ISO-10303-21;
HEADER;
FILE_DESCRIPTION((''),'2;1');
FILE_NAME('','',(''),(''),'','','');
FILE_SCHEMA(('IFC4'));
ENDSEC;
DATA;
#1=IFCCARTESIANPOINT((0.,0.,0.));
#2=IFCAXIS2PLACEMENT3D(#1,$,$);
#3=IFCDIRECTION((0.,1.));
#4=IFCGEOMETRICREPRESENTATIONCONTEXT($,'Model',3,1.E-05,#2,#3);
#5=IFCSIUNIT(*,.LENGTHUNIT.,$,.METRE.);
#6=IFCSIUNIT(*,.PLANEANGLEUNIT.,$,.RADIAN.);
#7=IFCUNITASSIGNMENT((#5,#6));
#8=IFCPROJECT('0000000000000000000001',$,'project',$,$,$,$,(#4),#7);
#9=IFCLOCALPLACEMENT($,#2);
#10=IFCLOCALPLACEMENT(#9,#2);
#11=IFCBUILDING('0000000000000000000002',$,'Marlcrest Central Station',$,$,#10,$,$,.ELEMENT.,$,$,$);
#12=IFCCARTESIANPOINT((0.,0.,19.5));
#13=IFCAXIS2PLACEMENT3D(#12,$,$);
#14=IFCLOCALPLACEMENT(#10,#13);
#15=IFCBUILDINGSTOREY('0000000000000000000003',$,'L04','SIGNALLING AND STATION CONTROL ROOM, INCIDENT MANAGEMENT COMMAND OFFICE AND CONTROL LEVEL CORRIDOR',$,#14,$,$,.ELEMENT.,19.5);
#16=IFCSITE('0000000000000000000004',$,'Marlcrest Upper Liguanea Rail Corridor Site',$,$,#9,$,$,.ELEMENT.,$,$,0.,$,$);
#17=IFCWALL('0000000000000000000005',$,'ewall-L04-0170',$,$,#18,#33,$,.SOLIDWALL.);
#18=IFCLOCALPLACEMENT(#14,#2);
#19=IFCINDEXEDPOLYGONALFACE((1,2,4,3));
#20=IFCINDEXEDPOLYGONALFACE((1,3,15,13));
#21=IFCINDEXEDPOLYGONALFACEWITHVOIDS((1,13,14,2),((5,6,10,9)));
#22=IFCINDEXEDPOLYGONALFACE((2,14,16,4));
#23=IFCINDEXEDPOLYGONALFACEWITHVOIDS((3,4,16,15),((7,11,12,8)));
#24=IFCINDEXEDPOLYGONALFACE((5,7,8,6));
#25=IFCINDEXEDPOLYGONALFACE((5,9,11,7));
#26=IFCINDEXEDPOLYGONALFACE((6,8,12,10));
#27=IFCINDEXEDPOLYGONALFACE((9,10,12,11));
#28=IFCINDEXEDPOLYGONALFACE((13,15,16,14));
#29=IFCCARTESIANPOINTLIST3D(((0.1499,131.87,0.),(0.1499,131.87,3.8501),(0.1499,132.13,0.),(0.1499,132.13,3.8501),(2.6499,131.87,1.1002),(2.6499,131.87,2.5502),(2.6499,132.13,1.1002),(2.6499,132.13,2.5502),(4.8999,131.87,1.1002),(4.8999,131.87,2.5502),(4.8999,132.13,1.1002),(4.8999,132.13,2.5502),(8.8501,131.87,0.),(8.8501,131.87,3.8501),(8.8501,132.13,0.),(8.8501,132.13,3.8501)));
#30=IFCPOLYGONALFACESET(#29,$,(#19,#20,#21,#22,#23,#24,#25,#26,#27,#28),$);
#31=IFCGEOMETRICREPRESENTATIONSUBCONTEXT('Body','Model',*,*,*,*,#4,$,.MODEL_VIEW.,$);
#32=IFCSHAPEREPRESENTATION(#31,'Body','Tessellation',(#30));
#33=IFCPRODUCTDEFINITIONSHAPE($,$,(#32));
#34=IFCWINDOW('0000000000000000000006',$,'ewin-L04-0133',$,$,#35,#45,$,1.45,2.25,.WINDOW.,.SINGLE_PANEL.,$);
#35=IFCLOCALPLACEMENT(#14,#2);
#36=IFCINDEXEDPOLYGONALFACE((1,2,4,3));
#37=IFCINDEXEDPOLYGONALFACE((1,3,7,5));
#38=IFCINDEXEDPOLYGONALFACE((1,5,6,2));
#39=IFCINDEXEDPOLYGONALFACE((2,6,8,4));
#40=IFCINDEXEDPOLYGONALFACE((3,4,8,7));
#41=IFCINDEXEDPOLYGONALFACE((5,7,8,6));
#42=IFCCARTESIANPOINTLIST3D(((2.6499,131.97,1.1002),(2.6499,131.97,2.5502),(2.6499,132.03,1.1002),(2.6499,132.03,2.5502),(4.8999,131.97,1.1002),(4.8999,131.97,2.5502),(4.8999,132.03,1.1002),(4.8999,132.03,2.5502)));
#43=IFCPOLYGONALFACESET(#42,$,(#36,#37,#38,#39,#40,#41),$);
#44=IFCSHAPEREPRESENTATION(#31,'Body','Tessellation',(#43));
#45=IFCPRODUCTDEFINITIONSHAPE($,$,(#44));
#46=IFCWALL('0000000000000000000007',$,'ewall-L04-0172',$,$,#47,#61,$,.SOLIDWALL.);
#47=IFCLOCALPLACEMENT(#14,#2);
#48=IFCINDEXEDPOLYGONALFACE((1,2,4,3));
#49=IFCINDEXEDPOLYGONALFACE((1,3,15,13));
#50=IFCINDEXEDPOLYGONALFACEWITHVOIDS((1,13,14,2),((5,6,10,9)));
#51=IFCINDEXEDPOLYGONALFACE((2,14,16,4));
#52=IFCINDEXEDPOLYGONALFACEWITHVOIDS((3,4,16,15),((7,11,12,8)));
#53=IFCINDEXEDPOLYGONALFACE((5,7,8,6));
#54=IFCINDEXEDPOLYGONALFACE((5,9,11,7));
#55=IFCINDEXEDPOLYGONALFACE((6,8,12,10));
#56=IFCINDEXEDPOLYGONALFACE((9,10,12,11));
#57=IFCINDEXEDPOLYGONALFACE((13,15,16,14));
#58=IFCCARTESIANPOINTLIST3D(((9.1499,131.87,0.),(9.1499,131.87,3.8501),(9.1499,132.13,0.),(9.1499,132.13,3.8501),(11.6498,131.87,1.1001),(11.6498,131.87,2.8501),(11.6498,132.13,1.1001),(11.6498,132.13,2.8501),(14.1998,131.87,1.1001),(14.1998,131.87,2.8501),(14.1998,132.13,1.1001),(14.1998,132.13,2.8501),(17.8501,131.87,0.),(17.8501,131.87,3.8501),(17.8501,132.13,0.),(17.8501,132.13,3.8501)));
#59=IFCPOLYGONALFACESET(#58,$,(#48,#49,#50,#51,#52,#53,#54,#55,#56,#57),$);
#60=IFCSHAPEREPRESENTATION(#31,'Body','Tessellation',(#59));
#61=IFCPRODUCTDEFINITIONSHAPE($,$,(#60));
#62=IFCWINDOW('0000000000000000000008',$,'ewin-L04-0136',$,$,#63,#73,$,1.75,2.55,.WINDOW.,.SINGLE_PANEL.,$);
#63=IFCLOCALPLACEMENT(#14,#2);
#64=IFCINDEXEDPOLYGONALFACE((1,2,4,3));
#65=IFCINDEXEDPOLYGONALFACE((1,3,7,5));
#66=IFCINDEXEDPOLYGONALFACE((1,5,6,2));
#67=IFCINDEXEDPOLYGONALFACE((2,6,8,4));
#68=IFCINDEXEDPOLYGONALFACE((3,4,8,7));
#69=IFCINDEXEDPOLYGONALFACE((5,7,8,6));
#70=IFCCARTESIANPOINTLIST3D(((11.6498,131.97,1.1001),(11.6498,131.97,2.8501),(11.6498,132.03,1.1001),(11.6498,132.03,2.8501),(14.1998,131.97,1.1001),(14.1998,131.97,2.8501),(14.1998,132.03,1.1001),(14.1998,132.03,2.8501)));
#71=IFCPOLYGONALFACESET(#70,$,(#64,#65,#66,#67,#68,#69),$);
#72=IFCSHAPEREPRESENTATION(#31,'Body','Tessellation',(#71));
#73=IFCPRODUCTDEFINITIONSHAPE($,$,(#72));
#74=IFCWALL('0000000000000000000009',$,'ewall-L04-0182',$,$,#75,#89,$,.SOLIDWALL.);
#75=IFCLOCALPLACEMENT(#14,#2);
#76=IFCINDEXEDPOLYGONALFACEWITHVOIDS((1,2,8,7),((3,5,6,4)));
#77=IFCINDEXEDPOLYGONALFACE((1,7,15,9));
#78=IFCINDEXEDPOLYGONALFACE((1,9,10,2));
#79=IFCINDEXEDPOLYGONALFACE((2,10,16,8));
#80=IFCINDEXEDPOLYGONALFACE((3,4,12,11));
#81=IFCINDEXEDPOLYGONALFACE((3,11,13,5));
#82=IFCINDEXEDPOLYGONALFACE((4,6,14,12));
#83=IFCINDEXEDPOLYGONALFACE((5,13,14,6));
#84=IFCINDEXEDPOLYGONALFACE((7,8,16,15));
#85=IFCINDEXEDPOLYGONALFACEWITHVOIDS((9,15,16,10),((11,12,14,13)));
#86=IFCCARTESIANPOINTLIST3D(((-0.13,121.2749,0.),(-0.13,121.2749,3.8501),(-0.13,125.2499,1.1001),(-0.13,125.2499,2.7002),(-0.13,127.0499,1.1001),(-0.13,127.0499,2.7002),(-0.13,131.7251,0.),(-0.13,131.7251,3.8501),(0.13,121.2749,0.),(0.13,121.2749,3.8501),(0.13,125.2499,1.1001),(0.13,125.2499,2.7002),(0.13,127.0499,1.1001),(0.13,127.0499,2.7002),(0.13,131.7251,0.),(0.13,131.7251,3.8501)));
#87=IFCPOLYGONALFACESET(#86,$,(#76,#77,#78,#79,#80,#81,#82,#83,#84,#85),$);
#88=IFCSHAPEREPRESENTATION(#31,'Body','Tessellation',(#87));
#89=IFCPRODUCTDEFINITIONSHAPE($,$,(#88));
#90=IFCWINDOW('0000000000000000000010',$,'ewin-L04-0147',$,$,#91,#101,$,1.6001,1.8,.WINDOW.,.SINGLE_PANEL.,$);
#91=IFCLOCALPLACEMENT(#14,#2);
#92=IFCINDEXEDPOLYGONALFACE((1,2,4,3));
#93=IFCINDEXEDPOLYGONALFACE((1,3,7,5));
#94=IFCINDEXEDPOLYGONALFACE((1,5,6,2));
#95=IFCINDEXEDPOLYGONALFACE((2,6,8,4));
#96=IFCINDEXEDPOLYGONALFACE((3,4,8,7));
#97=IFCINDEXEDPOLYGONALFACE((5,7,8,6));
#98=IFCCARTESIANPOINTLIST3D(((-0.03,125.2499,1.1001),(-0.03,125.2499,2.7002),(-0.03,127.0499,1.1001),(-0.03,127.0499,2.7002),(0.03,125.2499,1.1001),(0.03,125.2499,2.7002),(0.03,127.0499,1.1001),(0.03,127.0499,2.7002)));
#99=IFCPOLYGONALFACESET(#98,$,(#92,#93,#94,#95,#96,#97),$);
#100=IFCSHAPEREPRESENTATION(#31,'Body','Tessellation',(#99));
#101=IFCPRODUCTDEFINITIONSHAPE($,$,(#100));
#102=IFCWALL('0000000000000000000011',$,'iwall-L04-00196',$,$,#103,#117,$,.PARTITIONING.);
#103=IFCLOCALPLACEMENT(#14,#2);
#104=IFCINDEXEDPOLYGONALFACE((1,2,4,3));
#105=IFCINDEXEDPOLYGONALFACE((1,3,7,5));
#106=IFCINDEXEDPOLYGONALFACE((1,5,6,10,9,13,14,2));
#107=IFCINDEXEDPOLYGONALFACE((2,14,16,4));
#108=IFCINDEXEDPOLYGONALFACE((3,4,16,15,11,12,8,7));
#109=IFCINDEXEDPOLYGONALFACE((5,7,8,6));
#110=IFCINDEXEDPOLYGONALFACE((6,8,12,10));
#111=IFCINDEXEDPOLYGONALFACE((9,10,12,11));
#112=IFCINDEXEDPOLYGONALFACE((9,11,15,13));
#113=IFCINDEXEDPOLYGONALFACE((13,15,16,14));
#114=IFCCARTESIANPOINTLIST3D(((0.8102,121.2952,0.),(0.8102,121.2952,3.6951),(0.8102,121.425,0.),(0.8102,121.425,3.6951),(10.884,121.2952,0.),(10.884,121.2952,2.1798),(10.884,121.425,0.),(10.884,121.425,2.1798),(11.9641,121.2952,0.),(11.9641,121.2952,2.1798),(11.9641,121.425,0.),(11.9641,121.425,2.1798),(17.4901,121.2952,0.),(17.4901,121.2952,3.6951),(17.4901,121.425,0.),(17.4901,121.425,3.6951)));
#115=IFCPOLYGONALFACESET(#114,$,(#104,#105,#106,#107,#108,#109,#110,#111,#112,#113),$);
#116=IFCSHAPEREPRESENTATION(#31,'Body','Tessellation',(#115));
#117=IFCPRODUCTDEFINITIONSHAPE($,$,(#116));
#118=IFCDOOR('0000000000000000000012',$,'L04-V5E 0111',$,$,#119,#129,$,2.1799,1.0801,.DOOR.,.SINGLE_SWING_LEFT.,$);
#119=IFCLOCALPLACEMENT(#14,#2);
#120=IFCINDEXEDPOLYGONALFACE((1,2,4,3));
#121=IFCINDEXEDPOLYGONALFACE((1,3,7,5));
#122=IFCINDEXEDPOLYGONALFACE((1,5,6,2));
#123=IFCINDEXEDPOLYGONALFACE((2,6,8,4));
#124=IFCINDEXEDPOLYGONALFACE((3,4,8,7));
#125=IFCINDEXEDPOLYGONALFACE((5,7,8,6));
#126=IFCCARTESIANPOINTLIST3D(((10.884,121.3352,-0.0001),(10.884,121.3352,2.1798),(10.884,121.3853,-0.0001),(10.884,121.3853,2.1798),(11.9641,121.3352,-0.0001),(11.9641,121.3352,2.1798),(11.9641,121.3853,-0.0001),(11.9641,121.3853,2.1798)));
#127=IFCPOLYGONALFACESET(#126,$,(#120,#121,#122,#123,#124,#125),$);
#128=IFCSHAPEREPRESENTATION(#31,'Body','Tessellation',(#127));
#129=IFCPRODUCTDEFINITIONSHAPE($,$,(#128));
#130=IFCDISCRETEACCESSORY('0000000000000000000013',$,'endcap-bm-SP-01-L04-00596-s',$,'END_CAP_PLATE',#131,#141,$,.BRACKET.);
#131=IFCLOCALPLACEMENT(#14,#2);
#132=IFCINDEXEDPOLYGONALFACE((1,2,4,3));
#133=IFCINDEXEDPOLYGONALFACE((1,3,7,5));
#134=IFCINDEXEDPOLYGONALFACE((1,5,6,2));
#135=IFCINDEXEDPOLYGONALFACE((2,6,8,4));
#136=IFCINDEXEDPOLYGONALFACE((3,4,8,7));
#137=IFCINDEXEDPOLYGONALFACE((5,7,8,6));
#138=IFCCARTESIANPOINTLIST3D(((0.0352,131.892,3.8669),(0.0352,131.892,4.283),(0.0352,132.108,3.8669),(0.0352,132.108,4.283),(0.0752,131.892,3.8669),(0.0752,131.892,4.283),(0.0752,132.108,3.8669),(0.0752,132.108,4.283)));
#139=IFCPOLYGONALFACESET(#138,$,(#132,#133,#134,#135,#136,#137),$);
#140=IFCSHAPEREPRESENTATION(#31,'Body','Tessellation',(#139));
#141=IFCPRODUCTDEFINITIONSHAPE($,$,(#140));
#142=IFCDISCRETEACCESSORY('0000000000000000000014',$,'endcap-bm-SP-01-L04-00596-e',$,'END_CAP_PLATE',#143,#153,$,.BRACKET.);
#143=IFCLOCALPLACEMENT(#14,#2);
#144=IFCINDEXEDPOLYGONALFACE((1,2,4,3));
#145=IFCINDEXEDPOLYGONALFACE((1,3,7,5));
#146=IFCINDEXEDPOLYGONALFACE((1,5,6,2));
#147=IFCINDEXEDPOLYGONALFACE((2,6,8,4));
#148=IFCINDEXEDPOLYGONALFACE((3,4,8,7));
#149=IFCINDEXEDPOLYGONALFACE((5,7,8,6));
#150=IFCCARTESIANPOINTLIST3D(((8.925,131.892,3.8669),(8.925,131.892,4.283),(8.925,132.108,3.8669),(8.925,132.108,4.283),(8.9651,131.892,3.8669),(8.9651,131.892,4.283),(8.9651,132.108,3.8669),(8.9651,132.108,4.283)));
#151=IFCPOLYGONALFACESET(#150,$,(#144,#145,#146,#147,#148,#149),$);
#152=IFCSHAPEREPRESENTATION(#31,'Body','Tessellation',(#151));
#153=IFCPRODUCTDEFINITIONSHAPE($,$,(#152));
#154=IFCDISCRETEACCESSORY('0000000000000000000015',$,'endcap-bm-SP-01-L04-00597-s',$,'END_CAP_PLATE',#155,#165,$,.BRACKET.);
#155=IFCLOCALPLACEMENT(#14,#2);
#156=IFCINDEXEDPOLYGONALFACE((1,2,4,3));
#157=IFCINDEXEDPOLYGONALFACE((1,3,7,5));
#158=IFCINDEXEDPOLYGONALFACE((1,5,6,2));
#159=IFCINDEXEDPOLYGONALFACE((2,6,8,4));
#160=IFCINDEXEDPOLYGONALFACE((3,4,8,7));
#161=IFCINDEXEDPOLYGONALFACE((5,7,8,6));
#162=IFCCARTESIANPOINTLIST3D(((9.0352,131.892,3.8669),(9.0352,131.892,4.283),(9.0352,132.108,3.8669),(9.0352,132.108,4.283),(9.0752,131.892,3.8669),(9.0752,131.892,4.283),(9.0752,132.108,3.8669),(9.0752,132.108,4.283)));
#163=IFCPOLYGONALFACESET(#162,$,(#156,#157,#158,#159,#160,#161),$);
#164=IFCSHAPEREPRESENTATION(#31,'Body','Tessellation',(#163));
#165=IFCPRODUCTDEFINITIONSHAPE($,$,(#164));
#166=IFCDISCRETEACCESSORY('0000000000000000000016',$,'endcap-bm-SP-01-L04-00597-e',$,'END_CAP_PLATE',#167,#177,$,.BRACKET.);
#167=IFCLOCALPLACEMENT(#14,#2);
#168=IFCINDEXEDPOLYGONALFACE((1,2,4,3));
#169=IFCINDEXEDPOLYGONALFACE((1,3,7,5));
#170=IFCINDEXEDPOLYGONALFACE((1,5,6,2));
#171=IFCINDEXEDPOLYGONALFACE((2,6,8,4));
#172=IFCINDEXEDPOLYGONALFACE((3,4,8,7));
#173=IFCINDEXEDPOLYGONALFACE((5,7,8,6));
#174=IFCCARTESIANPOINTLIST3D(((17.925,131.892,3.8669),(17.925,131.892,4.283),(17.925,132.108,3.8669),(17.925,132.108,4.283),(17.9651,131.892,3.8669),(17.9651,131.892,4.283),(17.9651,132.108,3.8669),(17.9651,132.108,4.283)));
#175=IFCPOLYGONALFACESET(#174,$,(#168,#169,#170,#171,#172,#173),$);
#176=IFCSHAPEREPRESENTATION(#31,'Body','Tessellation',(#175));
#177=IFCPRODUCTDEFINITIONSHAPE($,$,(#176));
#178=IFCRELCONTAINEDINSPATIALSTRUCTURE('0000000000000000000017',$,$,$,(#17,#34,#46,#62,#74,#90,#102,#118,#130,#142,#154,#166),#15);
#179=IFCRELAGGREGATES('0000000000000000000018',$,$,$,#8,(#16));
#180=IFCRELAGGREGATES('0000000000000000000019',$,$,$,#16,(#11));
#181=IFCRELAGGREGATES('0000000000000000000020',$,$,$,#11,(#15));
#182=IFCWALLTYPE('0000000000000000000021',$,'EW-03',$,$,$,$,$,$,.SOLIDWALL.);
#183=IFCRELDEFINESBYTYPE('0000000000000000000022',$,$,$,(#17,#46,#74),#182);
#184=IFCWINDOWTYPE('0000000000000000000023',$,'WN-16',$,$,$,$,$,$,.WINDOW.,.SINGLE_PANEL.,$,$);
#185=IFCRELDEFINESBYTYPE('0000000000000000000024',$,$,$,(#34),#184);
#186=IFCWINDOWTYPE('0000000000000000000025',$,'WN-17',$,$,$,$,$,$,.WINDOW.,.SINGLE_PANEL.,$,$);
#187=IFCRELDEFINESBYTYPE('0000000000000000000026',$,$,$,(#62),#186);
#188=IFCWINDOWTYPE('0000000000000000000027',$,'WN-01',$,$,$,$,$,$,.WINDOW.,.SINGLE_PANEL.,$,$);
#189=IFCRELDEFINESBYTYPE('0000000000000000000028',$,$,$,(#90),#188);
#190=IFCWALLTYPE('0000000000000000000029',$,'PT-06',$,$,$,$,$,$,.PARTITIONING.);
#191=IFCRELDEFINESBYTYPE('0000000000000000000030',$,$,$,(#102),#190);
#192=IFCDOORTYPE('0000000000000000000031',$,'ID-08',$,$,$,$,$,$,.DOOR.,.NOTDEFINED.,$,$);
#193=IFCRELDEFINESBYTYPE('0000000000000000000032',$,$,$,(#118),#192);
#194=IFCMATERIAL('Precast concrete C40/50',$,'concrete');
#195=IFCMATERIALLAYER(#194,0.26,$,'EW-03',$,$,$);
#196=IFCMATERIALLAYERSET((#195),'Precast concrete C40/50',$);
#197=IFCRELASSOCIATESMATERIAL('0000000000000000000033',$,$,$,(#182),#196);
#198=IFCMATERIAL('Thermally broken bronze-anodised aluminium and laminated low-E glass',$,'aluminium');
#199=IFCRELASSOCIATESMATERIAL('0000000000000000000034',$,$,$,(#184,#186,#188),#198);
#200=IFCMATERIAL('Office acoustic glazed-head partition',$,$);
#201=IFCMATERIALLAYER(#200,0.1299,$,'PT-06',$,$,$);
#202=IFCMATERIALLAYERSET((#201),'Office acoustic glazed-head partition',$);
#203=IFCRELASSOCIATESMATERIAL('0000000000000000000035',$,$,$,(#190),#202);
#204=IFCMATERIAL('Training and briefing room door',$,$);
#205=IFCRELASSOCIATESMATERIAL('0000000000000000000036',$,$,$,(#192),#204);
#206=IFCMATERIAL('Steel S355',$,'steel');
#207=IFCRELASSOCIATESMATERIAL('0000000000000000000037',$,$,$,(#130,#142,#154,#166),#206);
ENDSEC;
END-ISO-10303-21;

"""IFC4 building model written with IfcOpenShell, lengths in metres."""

from ifc_helpers import new_model, si_unit, direction, frame, frame_2d, origin, origin_2d, place, context, subcontext, project, spatial, rectangle, extrude, material, layer, layer_set, type_object, element, fill, save


model = new_model("IFC4")

# Units and contexts
model_context = context("Model", 3, precision=1e-05, world=origin(), true_north=direction((0.0, 1.0)))
body_context = subcontext(model_context, "Body", "Model", "MODEL_VIEW")
ifc_project = project(units=[si_unit("LENGTHUNIT", "METRE"), si_unit("PLANEANGLEUNIT", "RADIAN")], contexts=[model_context])

# Site, building, storey
site_placement = place(None, origin())
site = spatial("IfcSite", under=ifc_project, at=site_placement, Name="Marlcrest Upper Liguanea Rail Corridor Site", CompositionType="ELEMENT", RefElevation=0.0)
building_placement = place(site_placement, origin())
building = spatial("IfcBuilding", under=site, at=building_placement, Name="Marlcrest Central Station", CompositionType="ELEMENT")
storey_placement = place(building_placement, frame((0.0, 0.0, 19.5)))
storey = spatial("IfcBuildingStorey", under=building, at=storey_placement, Name="L04", Description="SIGNALLING AND STATION CONTROL ROOM, INCIDENT MANAGEMENT COMMAND OFFICE AND CONTROL LEVEL CORRIDOR", CompositionType="ELEMENT", Elevation=19.5)

# Shared definitions
ifc_material_1 = material(Name="Steel S355", Category="steel")

# Walls, openings, windows
ifc_material_2 = material(Name="Precast concrete C40/50", Category="concrete")
ifc_layer_1 = layer(ifc_material_2, 0.26, Name="EW-03")
ifc_layer_set_1 = layer_set([ifc_layer_1], Name="Precast concrete C40/50")
wall_type_1 = type_object("IfcWallType", Name="EW-03", PredefinedType="SOLIDWALL", material=ifc_layer_set_1)
wall_1_placement = place(storey_placement, frame((0.1499, 132.0, 0.0), z_axis=(0.0, 0.0, 1.0), x_axis=(1.0, 0.0, 0.0)))
wall_1 = element("IfcWall", 1, at=wall_1_placement, inside=storey, type_object=wall_type_1, Name="ewall-L04-0170", PredefinedType="SOLIDWALL", context=body_context, shape_type="SweptSolid", body=[
    extrude(rectangle(XDim=8.7002, YDim=0.26, at=frame_2d((4.3501, 0.0))), origin(), (0.0, 0.0, 1.0), 3.8501),
])
opening_1_placement = place(wall_1_placement, frame((2.5, 0.0, 1.1001)))
opening_1 = element("IfcOpeningElement", 2, at=opening_1_placement, cuts=wall_1, PredefinedType="OPENING", context=body_context, shape_type="SweptSolid", body=[
    extrude(rectangle(XDim=2.25, YDim=1.45, at=frame_2d((1.125, 0.7251))), frame((0.0, 0.1399, 0.0), z_axis=(0.0, -1.0, 0.0), x_axis=(1.0, 0.0, 0.0)), (0.0, 0.0, 1.0), 0.28),
])
ifc_material_3 = material(Name="Thermally broken bronze-anodised aluminium and laminated low-E glass", Category="aluminium")
window_type_1 = type_object("IfcWindowType", Name="WN-16", PartitioningType="SINGLE_PANEL", PredefinedType="WINDOW", material=ifc_material_3)
window_1_placement = place(opening_1_placement, origin())
window_1 = element("IfcWindow", 3, at=window_1_placement, inside=storey, type_object=window_type_1, Name="ewin-L04-0133", OverallHeight=1.45, OverallWidth=2.25, PartitioningType="SINGLE_PANEL", PredefinedType="WINDOW", context=body_context, shape_type="SweptSolid", body=[
    extrude(rectangle(XDim=2.25, YDim=1.45, at=frame_2d((1.125, 0.7251))), frame((0.0, 0.03, 0.0), z_axis=(0.0, -1.0, 0.0), x_axis=(1.0, 0.0, 0.0)), (0.0, 0.0, 1.0), 0.0601),
])
fill(opening_1, window_1)
wall_2_placement = place(storey_placement, frame((9.1499, 132.0, 0.0), z_axis=(0.0, 0.0, 1.0), x_axis=(1.0, 0.0, 0.0)))
wall_2 = element("IfcWall", 4, at=wall_2_placement, inside=storey, type_object=wall_type_1, Name="ewall-L04-0172", PredefinedType="SOLIDWALL", context=body_context, shape_type="SweptSolid", body=[
    extrude(rectangle(XDim=8.7002, YDim=0.26, at=frame_2d((4.3501, 0.0))), origin(), (0.0, 0.0, 1.0), 3.8501),
])
opening_2_placement = place(wall_2_placement, frame((2.5, 0.0, 1.1001)))
opening_2 = element("IfcOpeningElement", 5, at=opening_2_placement, cuts=wall_2, PredefinedType="OPENING", context=body_context, shape_type="SweptSolid", body=[
    extrude(rectangle(XDim=2.55, YDim=1.75, at=frame_2d((1.2749, 0.875))), frame((0.0, 0.1399, 0.0), z_axis=(0.0, -1.0, 0.0), x_axis=(1.0, 0.0, 0.0)), (0.0, 0.0, 1.0), 0.28),
])
window_type_2 = type_object("IfcWindowType", Name="WN-17", PartitioningType="SINGLE_PANEL", PredefinedType="WINDOW", material=ifc_material_3)
window_2_placement = place(opening_2_placement, origin())
window_2 = element("IfcWindow", 6, at=window_2_placement, inside=storey, type_object=window_type_2, Name="ewin-L04-0136", OverallHeight=1.75, OverallWidth=2.55, PartitioningType="SINGLE_PANEL", PredefinedType="WINDOW", context=body_context, shape_type="SweptSolid", body=[
    extrude(rectangle(XDim=2.55, YDim=1.75, at=frame_2d((1.2749, 0.875))), frame((0.0, 0.03, 0.0), z_axis=(0.0, -1.0, 0.0), x_axis=(1.0, 0.0, 0.0)), (0.0, 0.0, 1.0), 0.0601),
])
fill(opening_2, window_2)
wall_3_placement = place(storey_placement, frame((0.0, 121.2749, 0.0), z_axis=(0.0, 0.0, 1.0), x_axis=(0.0, 1.0, 0.0)))
wall_3 = element("IfcWall", 7, at=wall_3_placement, inside=storey, type_object=wall_type_1, Name="ewall-L04-0182", PredefinedType="SOLIDWALL", context=body_context, shape_type="SweptSolid", body=[
    extrude(rectangle(XDim=10.4502, YDim=0.26, at=frame_2d((5.2251, 0.0))), origin(), (0.0, 0.0, 1.0), 3.8501),
])
opening_3_placement = place(wall_3_placement, frame((3.9751, 0.0, 1.1001)))
opening_3 = element("IfcOpeningElement", 8, at=opening_3_placement, cuts=wall_3, PredefinedType="OPENING", context=body_context, shape_type="SweptSolid", body=[
    extrude(rectangle(XDim=1.8, YDim=1.6001, at=frame_2d((0.8999, 0.8))), frame((0.0, 0.1399, 0.0), z_axis=(0.0, -1.0, 0.0), x_axis=(1.0, 0.0, 0.0)), (0.0, 0.0, 1.0), 0.28),
])
window_type_3 = type_object("IfcWindowType", Name="WN-01", PartitioningType="SINGLE_PANEL", PredefinedType="WINDOW", material=ifc_material_3)
window_3_placement = place(opening_3_placement, origin())
window_3 = element("IfcWindow", 9, at=window_3_placement, inside=storey, type_object=window_type_3, Name="ewin-L04-0147", OverallHeight=1.6001, OverallWidth=1.8, PartitioningType="SINGLE_PANEL", PredefinedType="WINDOW", context=body_context, shape_type="SweptSolid", body=[
    extrude(rectangle(XDim=1.8, YDim=1.6001, at=frame_2d((0.8999, 0.8))), frame((0.0, 0.03, 0.0), z_axis=(0.0, -1.0, 0.0), x_axis=(1.0, 0.0, 0.0)), (0.0, 0.0, 1.0), 0.0601),
])
fill(opening_3, window_3)

# Wall, opening, door
ifc_material_4 = material(Name="Office acoustic glazed-head partition")
ifc_layer_2 = layer(ifc_material_4, 0.1299, Name="PT-06")
ifc_layer_set_2 = layer_set([ifc_layer_2], Name="Office acoustic glazed-head partition")
wall_type_2 = type_object("IfcWallType", Name="PT-06", PredefinedType="PARTITIONING", material=ifc_layer_set_2)
wall_4_placement = place(storey_placement, frame((17.49, 121.3601, 0.0), z_axis=(0.0, 0.0, 1.0), x_axis=(-1.0, 0.0, 0.0)))
wall_4 = element("IfcWall", 10, at=wall_4_placement, inside=storey, type_object=wall_type_2, Name="iwall-L04-00196", PredefinedType="PARTITIONING", context=body_context, shape_type="SweptSolid", body=[
    extrude(rectangle(XDim=16.6799, YDim=0.1299, at=frame_2d((8.3398, 0.0))), origin(), (0.0, 0.0, 1.0), 3.6951),
])
opening_4_placement = place(wall_4_placement, frame((5.5259, 0.0, 0.0)))
opening_4 = element("IfcOpeningElement", 11, at=opening_4_placement, cuts=wall_4, PredefinedType="OPENING", context=body_context, shape_type="SweptSolid", body=[
    extrude(rectangle(XDim=1.0801, YDim=2.1799, at=frame_2d((0.54, 1.0898))), frame((0.0, 0.075, 0.0), z_axis=(0.0, -1.0, 0.0), x_axis=(1.0, 0.0, 0.0)), (0.0, 0.0, 1.0), 0.1499),
])
ifc_material_5 = material(Name="Training and briefing room door")
door_type = type_object("IfcDoorType", Name="ID-08", OperationType="NOTDEFINED", PredefinedType="DOOR", material=ifc_material_5)
door_placement = place(opening_4_placement, origin())
door = element("IfcDoor", 12, at=door_placement, inside=storey, type_object=door_type, Name="L04-V5E 0111", OperationType="SINGLE_SWING_LEFT", OverallHeight=2.1799, OverallWidth=1.0801, PredefinedType="DOOR", context=body_context, shape_type="SweptSolid", body=[
    extrude(rectangle(XDim=1.0801, YDim=2.1799, at=frame_2d((0.54, 1.0898))), frame((0.0, 0.0249, 0.0), z_axis=(0.0, -1.0, 0.0), x_axis=(1.0, 0.0, 0.0)), (0.0, 0.0, 1.0), 0.05),
])
fill(opening_4, door)

# Discrete accessories
for number, where, z_axis, x_axis, name in (
    (13, (0.0352, 132.0, 4.075), (1.0, 0.0, 0.0), (0.0, 1.0, 0.0), "endcap-bm-SP-01-L04-00596-s"),
    (14, (8.925, 132.0, 4.075), (1.0, 0.0, 0.0), (0.0, 1.0, 0.0), "endcap-bm-SP-01-L04-00596-e"),
    (15, (9.0352, 132.0, 4.075), (1.0, 0.0, 0.0), (0.0, 1.0, 0.0), "endcap-bm-SP-01-L04-00597-s"),
    (16, (17.925, 132.0, 4.075), (1.0, 0.0, 0.0), (0.0, 1.0, 0.0), "endcap-bm-SP-01-L04-00597-e"),
):
    element("IfcDiscreteAccessory", number, at=place(storey_placement, frame(where, z_axis=z_axis, x_axis=x_axis)), inside=storey, material=ifc_material_1, Name=name, ObjectType="END_CAP_PLATE", PredefinedType="BRACKET", context=body_context, shape_type="SweptSolid", body=[
        extrude(rectangle(XDim=0.2161, YDim=0.416, at=origin_2d()), origin(), (0.0, 0.0, 1.0), 0.04),
    ])

save(model, "model.ifc")
